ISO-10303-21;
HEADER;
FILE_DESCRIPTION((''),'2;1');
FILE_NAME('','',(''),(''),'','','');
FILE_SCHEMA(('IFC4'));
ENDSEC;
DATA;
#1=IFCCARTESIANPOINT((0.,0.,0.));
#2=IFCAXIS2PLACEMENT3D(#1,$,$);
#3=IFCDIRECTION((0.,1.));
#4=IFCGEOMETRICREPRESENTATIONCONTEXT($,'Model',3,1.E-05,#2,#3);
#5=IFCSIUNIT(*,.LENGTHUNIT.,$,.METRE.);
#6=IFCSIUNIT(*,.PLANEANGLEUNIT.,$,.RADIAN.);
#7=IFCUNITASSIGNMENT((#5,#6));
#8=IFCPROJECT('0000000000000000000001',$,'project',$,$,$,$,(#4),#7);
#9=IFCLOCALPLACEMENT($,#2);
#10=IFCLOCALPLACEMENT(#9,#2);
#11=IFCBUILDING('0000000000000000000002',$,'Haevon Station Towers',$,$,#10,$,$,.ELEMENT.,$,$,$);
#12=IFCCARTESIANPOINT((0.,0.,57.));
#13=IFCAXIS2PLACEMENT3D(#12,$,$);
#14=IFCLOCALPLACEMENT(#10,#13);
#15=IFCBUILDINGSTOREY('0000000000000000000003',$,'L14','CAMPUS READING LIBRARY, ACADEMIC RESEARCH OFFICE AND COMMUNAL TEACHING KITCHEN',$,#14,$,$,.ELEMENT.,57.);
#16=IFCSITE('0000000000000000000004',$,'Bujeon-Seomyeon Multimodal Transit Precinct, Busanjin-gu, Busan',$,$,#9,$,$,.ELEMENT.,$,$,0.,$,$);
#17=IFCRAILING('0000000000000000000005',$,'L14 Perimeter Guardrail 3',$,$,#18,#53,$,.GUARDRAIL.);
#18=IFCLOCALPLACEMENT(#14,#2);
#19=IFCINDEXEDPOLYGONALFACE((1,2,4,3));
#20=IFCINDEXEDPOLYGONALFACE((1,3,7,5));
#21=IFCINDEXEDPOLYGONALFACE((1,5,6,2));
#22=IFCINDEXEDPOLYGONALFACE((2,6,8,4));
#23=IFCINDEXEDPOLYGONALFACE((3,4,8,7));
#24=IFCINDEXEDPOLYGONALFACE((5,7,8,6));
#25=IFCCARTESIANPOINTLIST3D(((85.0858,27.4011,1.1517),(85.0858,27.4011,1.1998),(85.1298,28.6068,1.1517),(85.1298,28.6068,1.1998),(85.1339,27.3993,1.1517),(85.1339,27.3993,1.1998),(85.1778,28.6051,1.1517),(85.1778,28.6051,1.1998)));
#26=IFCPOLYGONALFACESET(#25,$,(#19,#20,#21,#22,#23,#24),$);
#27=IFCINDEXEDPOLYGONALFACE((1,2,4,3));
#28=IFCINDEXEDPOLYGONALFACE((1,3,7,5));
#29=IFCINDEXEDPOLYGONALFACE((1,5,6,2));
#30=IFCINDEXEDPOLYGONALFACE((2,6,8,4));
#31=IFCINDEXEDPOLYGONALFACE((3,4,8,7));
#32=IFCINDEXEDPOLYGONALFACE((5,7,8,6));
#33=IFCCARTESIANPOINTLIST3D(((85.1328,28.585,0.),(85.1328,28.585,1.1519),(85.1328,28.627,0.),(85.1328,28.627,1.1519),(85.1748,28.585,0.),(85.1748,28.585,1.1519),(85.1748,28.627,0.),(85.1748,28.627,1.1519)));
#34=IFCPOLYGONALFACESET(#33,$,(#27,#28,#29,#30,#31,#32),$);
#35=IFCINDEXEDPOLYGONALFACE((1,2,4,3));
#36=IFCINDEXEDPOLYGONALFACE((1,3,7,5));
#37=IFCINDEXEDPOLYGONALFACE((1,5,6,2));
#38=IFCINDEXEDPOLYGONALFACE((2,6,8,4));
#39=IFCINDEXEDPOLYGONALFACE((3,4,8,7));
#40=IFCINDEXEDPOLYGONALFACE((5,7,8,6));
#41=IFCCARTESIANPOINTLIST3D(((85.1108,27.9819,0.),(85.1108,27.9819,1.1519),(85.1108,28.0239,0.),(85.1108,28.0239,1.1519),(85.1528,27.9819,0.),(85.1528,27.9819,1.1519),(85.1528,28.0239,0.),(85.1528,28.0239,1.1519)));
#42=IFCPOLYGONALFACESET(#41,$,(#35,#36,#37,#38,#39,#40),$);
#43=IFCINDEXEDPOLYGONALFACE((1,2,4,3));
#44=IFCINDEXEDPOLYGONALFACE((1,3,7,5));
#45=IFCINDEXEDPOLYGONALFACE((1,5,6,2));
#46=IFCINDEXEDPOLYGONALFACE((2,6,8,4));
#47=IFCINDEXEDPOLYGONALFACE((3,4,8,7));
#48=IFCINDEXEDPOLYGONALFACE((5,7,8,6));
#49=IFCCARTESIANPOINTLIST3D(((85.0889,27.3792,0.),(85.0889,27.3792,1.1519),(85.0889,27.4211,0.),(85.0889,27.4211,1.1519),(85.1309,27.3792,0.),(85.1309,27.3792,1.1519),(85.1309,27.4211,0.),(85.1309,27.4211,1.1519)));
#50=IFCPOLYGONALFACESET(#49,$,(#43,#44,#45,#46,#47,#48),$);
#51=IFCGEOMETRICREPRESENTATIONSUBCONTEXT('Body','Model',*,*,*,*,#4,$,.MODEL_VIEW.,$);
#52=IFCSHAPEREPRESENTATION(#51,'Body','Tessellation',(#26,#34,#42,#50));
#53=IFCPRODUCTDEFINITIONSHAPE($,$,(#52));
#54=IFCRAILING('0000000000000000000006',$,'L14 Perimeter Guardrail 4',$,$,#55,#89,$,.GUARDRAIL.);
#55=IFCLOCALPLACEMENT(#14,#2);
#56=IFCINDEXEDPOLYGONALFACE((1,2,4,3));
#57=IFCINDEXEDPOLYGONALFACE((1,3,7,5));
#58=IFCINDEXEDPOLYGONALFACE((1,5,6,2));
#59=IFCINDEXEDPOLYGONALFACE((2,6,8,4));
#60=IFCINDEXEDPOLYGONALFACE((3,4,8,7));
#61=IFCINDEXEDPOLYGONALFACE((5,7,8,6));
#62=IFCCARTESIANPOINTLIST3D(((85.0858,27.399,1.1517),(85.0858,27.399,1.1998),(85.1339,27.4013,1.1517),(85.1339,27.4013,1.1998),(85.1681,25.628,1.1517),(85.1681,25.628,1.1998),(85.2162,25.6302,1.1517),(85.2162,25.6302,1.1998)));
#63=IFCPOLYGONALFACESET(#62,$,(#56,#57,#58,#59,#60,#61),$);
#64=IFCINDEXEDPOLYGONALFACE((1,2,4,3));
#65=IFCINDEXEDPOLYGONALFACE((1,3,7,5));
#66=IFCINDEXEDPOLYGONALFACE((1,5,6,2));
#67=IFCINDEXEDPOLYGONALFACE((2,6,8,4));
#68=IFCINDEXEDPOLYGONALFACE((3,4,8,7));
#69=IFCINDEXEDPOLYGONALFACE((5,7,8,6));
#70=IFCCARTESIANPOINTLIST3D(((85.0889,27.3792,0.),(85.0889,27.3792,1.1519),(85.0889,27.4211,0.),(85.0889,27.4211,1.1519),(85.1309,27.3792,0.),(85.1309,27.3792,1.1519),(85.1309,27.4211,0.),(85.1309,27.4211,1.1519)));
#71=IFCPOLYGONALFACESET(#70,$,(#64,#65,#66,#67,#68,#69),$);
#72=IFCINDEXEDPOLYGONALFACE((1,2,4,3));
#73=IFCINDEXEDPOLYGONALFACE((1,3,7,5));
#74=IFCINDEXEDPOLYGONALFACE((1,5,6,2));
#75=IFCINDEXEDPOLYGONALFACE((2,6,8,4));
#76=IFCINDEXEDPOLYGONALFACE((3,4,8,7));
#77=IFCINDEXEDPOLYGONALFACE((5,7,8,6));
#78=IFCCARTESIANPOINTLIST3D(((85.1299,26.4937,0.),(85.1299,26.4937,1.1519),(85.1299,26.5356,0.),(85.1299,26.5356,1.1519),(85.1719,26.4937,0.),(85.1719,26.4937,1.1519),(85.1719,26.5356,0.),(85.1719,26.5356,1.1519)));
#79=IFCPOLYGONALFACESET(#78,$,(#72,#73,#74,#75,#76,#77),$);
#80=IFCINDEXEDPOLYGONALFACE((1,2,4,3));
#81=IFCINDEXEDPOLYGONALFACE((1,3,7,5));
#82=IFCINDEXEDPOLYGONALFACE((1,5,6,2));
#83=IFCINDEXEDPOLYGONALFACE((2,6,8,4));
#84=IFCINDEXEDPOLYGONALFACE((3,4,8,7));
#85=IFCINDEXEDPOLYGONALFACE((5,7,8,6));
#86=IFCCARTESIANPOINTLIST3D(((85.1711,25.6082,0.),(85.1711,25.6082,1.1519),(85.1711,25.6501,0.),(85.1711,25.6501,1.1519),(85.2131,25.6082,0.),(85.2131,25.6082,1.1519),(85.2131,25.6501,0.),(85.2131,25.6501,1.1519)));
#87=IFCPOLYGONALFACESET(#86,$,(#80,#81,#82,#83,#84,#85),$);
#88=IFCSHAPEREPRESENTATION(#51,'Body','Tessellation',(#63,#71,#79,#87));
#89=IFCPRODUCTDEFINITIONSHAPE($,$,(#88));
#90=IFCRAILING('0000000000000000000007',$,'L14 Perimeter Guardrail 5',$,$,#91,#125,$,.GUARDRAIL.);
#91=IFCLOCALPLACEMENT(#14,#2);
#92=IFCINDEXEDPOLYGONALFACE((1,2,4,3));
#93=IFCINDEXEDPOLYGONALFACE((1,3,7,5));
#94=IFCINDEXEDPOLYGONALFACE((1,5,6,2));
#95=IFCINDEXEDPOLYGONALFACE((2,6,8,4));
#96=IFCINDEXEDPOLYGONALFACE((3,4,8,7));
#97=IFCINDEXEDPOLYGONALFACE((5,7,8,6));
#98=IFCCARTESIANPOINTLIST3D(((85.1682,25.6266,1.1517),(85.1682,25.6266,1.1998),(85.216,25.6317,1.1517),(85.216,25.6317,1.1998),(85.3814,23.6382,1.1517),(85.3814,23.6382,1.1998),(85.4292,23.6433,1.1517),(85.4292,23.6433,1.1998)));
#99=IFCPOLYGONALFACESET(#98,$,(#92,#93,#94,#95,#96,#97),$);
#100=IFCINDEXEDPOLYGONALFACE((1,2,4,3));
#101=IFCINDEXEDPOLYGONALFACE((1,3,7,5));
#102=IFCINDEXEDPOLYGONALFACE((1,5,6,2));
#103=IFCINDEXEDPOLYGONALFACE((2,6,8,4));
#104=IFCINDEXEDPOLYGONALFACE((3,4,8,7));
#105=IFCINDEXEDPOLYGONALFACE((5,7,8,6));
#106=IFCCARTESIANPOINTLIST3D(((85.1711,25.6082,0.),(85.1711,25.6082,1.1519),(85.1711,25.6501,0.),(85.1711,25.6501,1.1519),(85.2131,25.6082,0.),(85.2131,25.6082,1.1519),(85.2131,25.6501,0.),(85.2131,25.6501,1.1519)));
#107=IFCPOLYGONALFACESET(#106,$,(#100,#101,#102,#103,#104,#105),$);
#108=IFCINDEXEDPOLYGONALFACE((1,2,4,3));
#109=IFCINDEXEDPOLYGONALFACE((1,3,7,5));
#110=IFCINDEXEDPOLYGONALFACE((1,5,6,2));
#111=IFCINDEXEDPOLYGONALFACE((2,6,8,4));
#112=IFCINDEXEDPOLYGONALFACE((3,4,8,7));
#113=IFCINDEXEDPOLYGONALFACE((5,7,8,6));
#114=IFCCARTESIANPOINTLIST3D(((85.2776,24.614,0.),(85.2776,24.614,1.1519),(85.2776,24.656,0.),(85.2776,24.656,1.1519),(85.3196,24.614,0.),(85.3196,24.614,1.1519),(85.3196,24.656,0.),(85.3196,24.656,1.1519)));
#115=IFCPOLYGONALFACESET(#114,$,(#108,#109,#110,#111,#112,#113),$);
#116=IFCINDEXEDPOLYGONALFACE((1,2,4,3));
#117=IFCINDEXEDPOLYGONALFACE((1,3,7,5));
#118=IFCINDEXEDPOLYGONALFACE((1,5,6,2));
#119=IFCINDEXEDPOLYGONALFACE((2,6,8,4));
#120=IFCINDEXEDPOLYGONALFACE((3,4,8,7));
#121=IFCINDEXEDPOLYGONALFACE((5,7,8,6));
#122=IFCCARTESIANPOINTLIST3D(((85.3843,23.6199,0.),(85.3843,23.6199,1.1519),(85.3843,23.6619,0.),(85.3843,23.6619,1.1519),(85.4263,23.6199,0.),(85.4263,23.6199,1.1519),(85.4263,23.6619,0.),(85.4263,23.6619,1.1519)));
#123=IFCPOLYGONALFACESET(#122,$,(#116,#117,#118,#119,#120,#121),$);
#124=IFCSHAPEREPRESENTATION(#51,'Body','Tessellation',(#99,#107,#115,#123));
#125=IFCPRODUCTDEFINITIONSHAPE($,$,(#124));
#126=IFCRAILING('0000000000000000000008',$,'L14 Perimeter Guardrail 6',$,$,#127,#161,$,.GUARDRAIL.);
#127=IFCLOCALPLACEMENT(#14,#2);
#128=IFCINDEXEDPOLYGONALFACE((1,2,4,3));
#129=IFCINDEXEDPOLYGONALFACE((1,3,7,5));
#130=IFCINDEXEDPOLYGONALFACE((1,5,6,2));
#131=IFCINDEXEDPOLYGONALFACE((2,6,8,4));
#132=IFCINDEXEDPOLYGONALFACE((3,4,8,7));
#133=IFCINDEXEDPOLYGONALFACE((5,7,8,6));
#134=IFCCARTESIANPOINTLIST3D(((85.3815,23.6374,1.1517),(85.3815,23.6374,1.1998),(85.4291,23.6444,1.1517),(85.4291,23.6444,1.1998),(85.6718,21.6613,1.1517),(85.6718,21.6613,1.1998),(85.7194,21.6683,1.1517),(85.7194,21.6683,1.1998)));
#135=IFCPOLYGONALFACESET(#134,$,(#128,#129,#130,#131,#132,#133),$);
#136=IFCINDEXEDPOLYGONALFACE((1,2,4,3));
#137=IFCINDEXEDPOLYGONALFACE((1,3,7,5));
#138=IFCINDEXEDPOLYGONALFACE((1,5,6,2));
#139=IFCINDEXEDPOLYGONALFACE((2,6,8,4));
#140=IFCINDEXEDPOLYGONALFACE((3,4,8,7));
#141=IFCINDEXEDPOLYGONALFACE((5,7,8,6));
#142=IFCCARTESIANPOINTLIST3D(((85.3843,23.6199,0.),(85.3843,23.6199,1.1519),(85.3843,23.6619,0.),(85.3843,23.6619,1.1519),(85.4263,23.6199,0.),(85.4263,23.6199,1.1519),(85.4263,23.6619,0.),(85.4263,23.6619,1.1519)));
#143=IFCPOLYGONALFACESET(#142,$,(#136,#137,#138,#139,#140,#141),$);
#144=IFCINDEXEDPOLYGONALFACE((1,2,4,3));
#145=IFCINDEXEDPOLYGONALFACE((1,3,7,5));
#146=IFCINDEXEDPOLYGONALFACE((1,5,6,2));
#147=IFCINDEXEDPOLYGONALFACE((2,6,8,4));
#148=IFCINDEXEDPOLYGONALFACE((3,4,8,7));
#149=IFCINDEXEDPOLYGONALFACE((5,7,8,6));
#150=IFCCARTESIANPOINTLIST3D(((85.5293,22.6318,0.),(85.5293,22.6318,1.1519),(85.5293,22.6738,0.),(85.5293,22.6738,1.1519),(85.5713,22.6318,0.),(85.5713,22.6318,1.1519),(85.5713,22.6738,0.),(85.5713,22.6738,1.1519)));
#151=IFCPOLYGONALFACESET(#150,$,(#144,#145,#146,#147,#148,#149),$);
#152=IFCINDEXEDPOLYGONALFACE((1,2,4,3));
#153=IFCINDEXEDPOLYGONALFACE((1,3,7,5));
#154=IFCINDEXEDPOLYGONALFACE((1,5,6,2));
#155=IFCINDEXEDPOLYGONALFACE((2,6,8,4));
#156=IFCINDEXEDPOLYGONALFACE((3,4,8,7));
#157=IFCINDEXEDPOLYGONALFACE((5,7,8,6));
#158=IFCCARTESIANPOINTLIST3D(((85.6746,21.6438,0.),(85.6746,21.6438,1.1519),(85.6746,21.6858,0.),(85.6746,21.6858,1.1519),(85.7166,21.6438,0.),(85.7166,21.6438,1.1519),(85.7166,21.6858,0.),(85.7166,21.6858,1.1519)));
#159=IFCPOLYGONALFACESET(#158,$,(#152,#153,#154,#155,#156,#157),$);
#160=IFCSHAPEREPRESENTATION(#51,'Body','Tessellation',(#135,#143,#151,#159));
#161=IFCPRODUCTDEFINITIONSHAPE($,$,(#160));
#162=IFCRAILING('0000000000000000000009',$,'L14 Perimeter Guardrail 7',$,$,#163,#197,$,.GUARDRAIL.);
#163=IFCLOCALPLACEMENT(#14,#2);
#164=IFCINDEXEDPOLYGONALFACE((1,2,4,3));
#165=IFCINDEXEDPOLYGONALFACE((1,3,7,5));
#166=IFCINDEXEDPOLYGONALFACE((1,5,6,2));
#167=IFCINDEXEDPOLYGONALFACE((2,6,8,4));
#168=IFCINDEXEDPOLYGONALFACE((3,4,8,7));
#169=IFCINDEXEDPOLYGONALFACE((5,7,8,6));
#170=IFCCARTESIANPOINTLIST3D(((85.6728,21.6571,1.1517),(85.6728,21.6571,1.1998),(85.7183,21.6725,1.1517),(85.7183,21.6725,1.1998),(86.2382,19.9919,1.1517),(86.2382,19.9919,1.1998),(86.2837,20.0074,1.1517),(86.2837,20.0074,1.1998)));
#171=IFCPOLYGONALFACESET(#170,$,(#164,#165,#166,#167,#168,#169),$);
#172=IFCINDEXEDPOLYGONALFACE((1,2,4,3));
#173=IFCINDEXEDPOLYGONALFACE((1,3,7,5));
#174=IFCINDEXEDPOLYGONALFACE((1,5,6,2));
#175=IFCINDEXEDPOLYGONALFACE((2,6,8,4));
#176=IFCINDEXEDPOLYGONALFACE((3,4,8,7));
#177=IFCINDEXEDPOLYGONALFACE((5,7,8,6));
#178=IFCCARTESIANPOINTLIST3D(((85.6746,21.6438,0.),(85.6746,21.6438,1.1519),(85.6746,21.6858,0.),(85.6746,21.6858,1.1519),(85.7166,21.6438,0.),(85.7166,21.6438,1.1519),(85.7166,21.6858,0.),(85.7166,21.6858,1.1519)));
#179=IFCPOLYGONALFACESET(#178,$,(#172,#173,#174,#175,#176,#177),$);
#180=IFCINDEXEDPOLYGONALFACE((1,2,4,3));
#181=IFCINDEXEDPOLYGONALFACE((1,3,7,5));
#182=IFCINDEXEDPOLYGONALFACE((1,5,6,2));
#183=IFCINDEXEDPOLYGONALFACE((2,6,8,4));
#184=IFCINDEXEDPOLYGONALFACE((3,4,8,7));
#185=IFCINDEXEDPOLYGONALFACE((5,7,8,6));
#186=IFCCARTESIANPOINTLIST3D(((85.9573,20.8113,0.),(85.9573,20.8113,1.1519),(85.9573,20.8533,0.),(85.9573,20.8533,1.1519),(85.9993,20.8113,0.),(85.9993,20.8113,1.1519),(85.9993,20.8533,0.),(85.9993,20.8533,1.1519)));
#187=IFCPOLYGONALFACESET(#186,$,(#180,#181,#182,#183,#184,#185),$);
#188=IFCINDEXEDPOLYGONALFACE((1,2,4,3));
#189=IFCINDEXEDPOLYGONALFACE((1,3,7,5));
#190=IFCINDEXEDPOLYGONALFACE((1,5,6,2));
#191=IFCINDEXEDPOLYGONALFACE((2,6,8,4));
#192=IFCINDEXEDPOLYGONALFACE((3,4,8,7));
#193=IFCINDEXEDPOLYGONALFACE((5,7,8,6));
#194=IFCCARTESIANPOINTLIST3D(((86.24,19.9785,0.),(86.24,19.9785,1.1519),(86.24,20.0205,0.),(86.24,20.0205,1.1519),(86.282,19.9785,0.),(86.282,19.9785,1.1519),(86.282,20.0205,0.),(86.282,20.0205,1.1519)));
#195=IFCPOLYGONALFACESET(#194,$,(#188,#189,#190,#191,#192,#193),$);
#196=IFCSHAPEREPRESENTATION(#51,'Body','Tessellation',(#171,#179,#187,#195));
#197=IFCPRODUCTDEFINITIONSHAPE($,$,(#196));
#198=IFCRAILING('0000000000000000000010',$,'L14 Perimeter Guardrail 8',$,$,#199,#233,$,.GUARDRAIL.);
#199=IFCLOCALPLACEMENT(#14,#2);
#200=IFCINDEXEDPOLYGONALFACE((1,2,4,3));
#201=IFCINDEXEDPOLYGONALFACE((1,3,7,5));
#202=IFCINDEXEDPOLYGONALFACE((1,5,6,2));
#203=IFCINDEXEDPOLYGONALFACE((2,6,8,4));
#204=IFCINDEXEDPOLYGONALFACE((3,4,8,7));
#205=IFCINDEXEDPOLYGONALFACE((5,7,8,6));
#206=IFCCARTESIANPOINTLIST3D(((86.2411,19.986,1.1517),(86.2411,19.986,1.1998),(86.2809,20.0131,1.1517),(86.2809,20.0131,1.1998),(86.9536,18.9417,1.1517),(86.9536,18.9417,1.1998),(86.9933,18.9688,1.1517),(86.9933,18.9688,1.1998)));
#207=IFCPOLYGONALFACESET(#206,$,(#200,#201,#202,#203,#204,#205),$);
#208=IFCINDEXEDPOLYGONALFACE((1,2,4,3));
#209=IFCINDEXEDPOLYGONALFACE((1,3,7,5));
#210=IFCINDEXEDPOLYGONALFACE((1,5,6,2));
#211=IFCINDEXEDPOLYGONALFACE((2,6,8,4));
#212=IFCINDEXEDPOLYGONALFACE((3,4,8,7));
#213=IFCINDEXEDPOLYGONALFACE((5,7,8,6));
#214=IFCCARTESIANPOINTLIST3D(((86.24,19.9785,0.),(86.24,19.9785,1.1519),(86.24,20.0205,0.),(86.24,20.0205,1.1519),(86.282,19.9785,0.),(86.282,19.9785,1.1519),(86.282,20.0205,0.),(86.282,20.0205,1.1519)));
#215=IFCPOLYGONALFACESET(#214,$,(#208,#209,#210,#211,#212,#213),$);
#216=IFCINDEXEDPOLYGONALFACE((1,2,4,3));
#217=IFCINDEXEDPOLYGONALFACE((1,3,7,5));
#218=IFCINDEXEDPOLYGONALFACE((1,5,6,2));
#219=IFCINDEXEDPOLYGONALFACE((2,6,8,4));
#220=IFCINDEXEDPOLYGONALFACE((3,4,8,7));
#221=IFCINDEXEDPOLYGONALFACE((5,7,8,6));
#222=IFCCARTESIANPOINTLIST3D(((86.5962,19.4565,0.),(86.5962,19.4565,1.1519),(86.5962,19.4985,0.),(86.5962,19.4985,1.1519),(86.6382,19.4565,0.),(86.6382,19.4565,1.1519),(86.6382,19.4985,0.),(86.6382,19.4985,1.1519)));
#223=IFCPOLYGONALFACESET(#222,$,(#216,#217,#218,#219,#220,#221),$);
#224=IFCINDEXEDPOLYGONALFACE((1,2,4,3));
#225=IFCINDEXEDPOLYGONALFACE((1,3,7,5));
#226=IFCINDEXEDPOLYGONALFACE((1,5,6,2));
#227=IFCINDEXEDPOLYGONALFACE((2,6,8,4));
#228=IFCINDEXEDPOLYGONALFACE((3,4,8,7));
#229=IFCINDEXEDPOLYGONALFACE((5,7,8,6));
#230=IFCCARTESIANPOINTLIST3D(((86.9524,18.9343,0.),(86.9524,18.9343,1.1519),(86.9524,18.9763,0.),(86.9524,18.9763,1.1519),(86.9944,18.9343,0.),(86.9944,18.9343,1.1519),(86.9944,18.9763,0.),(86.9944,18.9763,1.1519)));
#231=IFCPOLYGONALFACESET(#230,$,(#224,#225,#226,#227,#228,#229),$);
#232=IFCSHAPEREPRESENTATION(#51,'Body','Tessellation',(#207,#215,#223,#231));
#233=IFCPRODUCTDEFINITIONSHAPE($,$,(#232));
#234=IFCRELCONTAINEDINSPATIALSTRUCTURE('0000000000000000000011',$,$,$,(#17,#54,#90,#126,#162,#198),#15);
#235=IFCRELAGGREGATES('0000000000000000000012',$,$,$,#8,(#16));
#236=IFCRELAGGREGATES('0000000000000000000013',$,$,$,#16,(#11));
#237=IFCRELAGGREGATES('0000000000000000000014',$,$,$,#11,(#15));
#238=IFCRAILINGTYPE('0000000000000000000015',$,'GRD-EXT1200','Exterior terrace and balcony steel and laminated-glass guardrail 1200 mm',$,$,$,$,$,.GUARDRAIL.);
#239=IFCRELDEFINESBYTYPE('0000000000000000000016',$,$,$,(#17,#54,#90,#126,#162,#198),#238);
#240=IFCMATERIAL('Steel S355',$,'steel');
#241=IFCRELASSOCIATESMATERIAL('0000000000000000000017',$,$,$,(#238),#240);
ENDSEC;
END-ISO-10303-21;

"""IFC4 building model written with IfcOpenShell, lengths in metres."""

from ifc_helpers import new_model, si_unit, direction, frame, origin, origin_2d, place, context, subcontext, project, spatial, rectangle, extrude, material, type_object, element, save


model = new_model("IFC4")

# Units and contexts
model_context = context("Model", 3, precision=1e-05, world=origin(), true_north=direction((0.0, 1.0)))
body_context = subcontext(model_context, "Body", "Model", "MODEL_VIEW")
ifc_project = project(units=[si_unit("LENGTHUNIT", "METRE"), si_unit("PLANEANGLEUNIT", "RADIAN")], contexts=[model_context])

# Site, building, storey
site_placement = place(None, origin())
site = spatial("IfcSite", under=ifc_project, at=site_placement, Name="Bujeon-Seomyeon Multimodal Transit Precinct, Busanjin-gu, Busan", CompositionType="ELEMENT", RefElevation=0.0)
building_placement = place(site_placement, origin())
building = spatial("IfcBuilding", under=site, at=building_placement, Name="Haevon Station Towers", CompositionType="ELEMENT")
storey_placement = place(building_placement, frame((0.0, 0.0, 57.0)))
storey = spatial("IfcBuildingStorey", under=building, at=storey_placement, Name="L14", Description="CAMPUS READING LIBRARY, ACADEMIC RESEARCH OFFICE AND COMMUNAL TEACHING KITCHEN", CompositionType="ELEMENT", Elevation=57.0)

# Shared definitions
ifc_material_1 = material(Name="Steel S355", Category="steel")

# Railings
railing_type = type_object("IfcRailingType", Name="GRD-EXT1200", Description="Exterior terrace and balcony steel and laminated-glass guardrail 1200 mm", PredefinedType="GUARDRAIL", material=ifc_material_1)
railing_1_placement = place(storey_placement, frame((85.1538, 28.606, 0.0)))
element("IfcRailing", 1, at=railing_1_placement, inside=storey, type_object=railing_type, Name="L14 Perimeter Guardrail 3", PredefinedType="GUARDRAIL", context=body_context, shape_type="SweptSolid", body=[
    extrude(rectangle(XDim=0.0481, YDim=0.0481, at=origin_2d()), frame((0.0, 0.0, 1.1758), z_axis=(-0.03642, -0.999337, 0.0), x_axis=(0.999337, -0.03642, 0.0)), (0.0, 0.0, 1.0), 1.2065),
    extrude(rectangle(XDim=0.042, YDim=0.042, at=origin_2d()), origin(), (0.0, 0.0, 1.0), 1.1519),
    extrude(rectangle(XDim=0.042, YDim=0.042, at=origin_2d()), frame((-0.022, -0.603, 0.0)), (0.0, 0.0, 1.0), 1.1519),
    extrude(rectangle(XDim=0.042, YDim=0.042, at=origin_2d()), frame((-0.0439, -1.2058, 0.0)), (0.0, 0.0, 1.0), 1.1519),
])
railing_2_placement = place(storey_placement, frame((85.1099, 27.4001, 0.0)))
element("IfcRailing", 2, at=railing_2_placement, inside=storey, type_object=railing_type, Name="L14 Perimeter Guardrail 4", PredefinedType="GUARDRAIL", context=body_context, shape_type="SweptSolid", body=[
    extrude(rectangle(XDim=0.0481, YDim=0.0481, at=origin_2d()), frame((0.0, 0.0, 1.1758), z_axis=(0.046407, -0.998923, 0.0), x_axis=(0.998923, 0.046407, 0.0)), (0.0, 0.0, 1.0), 1.7729),
    extrude(rectangle(XDim=0.042, YDim=0.042, at=origin_2d()), origin(), (0.0, 0.0, 1.0), 1.1519),
    extrude(rectangle(XDim=0.042, YDim=0.042, at=origin_2d()), frame((0.041, -0.8855, 0.0)), (0.0, 0.0, 1.0), 1.1519),
    extrude(rectangle(XDim=0.042, YDim=0.042, at=origin_2d()), frame((0.0823, -1.771, 0.0)), (0.0, 0.0, 1.0), 1.1519),
])
railing_3_placement = place(storey_placement, frame((85.1921, 25.6292, 0.0)))
element("IfcRailing", 3, at=railing_3_placement, inside=storey, type_object=railing_type, Name="L14 Perimeter Guardrail 5", PredefinedType="GUARDRAIL", context=body_context, shape_type="SweptSolid", body=[
    extrude(rectangle(XDim=0.0481, YDim=0.0481, at=origin_2d()), frame((0.0, 0.0, 1.1758), z_axis=(0.106585, -0.994304, 0.0), x_axis=(0.994304, 0.106585, 0.0)), (0.0, 0.0, 1.0), 1.9998),
    extrude(rectangle(XDim=0.042, YDim=0.042, at=origin_2d()), origin(), (0.0, 0.0, 1.0), 1.1519),
    extrude(rectangle(XDim=0.042, YDim=0.042, at=origin_2d()), frame((0.1064, -0.9941, 0.0)), (0.0, 0.0, 1.0), 1.1519),
    extrude(rectangle(XDim=0.042, YDim=0.042, at=origin_2d()), frame((0.2131, -1.9883, 0.0)), (0.0, 0.0, 1.0), 1.1519),
])
railing_4_placement = place(storey_placement, frame((85.4053, 23.6409, 0.0)))
element("IfcRailing", 4, at=railing_4_placement, inside=storey, type_object=railing_type, Name="L14 Perimeter Guardrail 6", PredefinedType="GUARDRAIL", context=body_context, shape_type="SweptSolid", body=[
    extrude(rectangle(XDim=0.0481, YDim=0.0481, at=origin_2d()), frame((0.0, 0.0, 1.1758), z_axis=(0.145339, -0.989382, 0.0), x_axis=(0.989382, 0.145339, 0.0)), (0.0, 0.0, 1.0), 1.9973),
    extrude(rectangle(XDim=0.042, YDim=0.042, at=origin_2d()), origin(), (0.0, 0.0, 1.0), 1.1519),
    extrude(rectangle(XDim=0.042, YDim=0.042, at=origin_2d()), frame((0.145, -0.988, 0.0)), (0.0, 0.0, 1.0), 1.1519),
    extrude(rectangle(XDim=0.042, YDim=0.042, at=origin_2d()), frame((0.2903, -1.9761, 0.0)), (0.0, 0.0, 1.0), 1.1519),
])
railing_5_placement = place(storey_placement, frame((85.6956, 21.6648, 0.0)))
element("IfcRailing", 5, at=railing_5_placement, inside=storey, type_object=railing_type, Name="L14 Perimeter Guardrail 7", PredefinedType="GUARDRAIL", context=body_context, shape_type="SweptSolid", body=[
    extrude(rectangle(XDim=0.0481, YDim=0.0481, at=origin_2d()), frame((0.0, 0.0, 1.1758), z_axis=(0.321512, -0.946906, 0.0), x_axis=(0.946906, 0.321512, 0.0)), (0.0, 0.0, 1.0), 1.7585),
    extrude(rectangle(XDim=0.042, YDim=0.042, at=origin_2d()), origin(), (0.0, 0.0, 1.0), 1.1519),
    extrude(rectangle(XDim=0.042, YDim=0.042, at=origin_2d()), frame((0.2827, -0.8325, 0.0)), (0.0, 0.0, 1.0), 1.1519),
    extrude(rectangle(XDim=0.042, YDim=0.042, at=origin_2d()), frame((0.5654, -1.6653, 0.0)), (0.0, 0.0, 1.0), 1.1519),
])
railing_6_placement = place(storey_placement, frame((86.261, 19.9995, 0.0)))
element("IfcRailing", 6, at=railing_6_placement, inside=storey, type_object=railing_type, Name="L14 Perimeter Guardrail 8", PredefinedType="GUARDRAIL", context=body_context, shape_type="SweptSolid", body=[
    extrude(rectangle(XDim=0.0481, YDim=0.0481, at=origin_2d()), frame((0.0, 0.0, 1.1758), z_axis=(0.563583, -0.82606, 0.0), x_axis=(0.82606, 0.563583, 0.0)), (0.0, 0.0, 1.0), 1.2642),
    extrude(rectangle(XDim=0.042, YDim=0.042, at=origin_2d()), origin(), (0.0, 0.0, 1.0), 1.1519),
    extrude(rectangle(XDim=0.042, YDim=0.042, at=origin_2d()), frame((0.3562, -0.522, 0.0)), (0.0, 0.0, 1.0), 1.1519),
    extrude(rectangle(XDim=0.042, YDim=0.042, at=origin_2d()), frame((0.7124, -1.0442, 0.0)), (0.0, 0.0, 1.0), 1.1519),
])

save(model, "model.ifc")
